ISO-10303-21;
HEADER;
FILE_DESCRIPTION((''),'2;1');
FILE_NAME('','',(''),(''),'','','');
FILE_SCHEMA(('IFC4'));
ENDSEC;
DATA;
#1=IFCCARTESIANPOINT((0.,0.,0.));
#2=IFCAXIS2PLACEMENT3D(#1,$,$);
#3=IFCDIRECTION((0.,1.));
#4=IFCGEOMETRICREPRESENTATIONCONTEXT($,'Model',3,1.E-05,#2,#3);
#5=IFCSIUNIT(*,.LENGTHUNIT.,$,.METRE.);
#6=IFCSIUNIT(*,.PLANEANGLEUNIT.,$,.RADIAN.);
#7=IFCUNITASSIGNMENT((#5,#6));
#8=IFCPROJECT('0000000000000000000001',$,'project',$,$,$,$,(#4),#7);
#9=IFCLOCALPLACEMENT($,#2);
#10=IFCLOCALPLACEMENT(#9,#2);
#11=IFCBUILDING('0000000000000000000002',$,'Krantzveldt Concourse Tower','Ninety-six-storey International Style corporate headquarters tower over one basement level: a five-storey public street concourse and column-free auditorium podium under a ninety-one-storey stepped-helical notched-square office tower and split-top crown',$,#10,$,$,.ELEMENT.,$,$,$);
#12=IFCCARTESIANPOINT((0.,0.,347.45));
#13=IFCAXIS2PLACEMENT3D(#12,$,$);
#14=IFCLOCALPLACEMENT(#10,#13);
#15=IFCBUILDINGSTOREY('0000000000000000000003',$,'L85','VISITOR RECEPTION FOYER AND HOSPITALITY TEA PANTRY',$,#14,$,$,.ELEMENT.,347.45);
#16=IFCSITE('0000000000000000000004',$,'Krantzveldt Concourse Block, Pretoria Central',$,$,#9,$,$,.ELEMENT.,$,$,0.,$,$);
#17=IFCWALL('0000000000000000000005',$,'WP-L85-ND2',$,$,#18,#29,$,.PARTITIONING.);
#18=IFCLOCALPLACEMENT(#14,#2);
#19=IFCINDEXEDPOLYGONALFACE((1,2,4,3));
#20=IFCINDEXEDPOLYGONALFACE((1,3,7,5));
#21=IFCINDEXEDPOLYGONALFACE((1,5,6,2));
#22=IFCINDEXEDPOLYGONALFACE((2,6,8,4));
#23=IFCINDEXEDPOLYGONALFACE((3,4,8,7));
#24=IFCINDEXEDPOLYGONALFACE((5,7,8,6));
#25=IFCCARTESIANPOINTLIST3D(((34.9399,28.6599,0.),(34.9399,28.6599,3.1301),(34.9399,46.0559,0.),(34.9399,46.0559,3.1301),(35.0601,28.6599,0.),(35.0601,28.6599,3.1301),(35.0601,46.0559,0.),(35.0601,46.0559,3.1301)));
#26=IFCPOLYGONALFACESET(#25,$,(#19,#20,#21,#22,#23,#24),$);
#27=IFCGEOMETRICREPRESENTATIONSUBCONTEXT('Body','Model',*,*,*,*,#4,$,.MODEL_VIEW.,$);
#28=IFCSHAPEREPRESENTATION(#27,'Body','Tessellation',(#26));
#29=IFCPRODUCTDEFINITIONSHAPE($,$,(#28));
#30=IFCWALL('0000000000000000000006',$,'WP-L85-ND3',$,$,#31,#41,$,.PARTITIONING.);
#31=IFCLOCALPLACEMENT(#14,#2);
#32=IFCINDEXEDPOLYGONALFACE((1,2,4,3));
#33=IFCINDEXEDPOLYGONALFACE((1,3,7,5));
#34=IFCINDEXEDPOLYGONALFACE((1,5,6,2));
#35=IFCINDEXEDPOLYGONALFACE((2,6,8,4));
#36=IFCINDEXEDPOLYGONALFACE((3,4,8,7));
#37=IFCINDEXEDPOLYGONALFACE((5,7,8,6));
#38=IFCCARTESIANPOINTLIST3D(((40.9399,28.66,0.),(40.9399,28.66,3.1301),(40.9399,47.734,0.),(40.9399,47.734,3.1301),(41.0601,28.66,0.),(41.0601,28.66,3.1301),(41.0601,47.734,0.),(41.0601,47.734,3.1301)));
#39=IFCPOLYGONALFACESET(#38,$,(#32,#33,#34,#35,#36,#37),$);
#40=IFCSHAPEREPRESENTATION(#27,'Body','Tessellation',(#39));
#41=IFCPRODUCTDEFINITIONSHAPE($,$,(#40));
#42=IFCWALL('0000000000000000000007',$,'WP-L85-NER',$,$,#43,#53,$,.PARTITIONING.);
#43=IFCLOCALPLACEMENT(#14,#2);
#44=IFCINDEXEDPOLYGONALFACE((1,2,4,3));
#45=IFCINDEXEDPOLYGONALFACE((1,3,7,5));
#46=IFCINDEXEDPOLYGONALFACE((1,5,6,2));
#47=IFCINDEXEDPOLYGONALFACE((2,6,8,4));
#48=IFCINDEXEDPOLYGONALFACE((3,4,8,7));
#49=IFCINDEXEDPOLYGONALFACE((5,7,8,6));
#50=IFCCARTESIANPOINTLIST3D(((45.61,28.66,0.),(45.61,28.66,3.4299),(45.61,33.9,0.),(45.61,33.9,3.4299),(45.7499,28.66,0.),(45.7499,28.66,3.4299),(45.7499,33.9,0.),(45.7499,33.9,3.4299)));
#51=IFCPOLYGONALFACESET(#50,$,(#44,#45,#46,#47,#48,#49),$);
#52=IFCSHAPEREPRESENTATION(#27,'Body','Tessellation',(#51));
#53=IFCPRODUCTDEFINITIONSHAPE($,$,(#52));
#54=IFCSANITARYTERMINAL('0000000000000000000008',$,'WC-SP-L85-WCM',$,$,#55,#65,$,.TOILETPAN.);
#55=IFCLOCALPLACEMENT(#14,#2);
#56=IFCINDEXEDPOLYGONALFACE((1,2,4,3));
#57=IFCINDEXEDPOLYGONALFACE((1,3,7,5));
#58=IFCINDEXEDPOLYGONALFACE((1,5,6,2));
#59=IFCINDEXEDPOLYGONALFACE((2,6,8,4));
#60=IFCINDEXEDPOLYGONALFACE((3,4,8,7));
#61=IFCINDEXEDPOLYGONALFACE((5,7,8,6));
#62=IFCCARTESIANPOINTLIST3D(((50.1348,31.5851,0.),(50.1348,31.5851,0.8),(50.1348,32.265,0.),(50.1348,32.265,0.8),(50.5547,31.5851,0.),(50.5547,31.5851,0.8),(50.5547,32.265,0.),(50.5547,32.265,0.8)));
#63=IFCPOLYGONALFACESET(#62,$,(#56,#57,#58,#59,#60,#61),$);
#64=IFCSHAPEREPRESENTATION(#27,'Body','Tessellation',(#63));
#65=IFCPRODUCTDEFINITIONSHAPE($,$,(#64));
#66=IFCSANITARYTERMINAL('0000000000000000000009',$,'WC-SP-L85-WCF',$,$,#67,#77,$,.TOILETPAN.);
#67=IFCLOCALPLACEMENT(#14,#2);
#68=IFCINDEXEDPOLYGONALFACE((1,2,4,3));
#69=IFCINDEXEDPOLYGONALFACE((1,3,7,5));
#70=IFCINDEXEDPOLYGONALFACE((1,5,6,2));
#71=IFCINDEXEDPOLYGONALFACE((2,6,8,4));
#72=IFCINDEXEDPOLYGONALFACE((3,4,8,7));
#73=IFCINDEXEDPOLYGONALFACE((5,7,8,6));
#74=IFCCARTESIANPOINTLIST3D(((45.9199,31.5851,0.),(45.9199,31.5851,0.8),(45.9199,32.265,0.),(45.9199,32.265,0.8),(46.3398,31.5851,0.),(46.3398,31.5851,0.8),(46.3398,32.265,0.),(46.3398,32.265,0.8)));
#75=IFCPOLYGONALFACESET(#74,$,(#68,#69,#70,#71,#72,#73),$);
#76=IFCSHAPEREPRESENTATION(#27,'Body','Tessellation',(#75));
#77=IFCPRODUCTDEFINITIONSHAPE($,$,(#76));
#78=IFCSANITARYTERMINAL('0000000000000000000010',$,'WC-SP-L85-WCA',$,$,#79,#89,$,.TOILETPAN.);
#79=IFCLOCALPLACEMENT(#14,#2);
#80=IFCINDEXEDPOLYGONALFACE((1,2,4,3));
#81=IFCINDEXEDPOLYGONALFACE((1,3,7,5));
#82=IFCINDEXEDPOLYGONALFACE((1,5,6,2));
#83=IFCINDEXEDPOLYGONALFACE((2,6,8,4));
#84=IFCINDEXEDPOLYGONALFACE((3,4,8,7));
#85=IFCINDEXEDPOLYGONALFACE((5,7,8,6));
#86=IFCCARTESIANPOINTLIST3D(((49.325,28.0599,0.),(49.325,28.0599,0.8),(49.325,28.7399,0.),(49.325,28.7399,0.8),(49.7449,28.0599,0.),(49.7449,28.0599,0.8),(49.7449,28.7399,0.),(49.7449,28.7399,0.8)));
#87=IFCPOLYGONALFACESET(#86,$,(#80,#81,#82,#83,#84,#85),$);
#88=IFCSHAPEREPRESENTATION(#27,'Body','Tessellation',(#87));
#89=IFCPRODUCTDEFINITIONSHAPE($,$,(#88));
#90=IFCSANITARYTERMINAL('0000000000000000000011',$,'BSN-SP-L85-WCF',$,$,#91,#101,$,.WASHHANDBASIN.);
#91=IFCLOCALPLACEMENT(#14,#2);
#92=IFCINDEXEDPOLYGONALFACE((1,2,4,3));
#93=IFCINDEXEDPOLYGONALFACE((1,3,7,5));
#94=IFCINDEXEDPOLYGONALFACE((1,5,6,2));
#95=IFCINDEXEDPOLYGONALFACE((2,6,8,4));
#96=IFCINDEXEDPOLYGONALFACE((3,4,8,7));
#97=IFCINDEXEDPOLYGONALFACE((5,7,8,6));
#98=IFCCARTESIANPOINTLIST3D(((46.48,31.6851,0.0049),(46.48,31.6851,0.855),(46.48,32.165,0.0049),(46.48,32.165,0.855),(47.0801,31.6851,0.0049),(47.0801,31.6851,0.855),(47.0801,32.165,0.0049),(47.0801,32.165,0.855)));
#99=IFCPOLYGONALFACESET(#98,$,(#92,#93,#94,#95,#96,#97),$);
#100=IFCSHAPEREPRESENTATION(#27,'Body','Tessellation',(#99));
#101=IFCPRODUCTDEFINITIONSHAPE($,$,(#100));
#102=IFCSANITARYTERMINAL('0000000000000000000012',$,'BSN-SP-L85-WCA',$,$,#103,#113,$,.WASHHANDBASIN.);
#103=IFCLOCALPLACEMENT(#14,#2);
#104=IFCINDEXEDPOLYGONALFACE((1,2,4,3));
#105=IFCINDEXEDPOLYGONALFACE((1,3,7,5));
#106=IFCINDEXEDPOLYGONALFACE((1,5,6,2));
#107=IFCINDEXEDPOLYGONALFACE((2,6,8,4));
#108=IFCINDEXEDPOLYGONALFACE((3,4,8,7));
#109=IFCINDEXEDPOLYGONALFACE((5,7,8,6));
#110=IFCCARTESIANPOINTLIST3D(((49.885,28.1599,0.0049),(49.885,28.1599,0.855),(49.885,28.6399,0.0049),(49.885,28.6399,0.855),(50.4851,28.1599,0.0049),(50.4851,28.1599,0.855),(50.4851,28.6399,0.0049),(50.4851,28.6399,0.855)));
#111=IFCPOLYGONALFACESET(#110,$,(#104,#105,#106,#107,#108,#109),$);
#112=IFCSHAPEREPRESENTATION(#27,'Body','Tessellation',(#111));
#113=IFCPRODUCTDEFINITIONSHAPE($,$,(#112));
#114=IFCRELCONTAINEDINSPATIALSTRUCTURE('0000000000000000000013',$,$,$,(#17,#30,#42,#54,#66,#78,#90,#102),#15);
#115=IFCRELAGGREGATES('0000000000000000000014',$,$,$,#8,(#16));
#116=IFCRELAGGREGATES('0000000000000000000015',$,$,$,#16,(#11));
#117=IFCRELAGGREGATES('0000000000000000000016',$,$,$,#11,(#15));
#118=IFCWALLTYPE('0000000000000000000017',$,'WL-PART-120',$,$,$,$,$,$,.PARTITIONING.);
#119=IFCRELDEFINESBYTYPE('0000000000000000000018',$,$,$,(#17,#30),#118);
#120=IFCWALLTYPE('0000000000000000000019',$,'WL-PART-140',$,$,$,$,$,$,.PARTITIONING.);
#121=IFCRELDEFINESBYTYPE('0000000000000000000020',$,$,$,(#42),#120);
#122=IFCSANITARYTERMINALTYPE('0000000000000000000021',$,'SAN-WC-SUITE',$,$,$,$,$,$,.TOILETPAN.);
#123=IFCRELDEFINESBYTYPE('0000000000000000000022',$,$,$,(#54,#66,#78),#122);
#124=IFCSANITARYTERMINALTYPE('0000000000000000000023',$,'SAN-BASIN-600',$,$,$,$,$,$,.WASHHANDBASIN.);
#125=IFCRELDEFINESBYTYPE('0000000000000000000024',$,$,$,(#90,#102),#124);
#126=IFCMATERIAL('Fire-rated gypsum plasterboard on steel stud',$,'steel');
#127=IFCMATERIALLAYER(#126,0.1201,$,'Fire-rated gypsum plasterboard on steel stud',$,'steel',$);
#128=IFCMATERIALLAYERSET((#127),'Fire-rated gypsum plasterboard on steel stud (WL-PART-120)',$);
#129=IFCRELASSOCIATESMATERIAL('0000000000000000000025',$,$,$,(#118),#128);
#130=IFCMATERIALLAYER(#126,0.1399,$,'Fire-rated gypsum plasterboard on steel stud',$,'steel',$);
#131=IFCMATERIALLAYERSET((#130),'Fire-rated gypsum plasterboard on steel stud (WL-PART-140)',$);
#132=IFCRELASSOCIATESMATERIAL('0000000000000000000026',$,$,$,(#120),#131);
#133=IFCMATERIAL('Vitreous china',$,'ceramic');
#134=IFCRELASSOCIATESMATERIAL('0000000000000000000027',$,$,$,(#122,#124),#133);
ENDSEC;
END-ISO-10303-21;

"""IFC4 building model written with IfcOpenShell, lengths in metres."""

from ifc_helpers import new_model, si_unit, direction, frame, frame_2d, origin, origin_2d, place, context, subcontext, project, spatial, rectangle, extrude, source, transform, mapped, material, layer, layer_set, type_object, type_shapes, element, save


model = new_model("IFC4")

# Units and contexts
model_context = context("Model", 3, precision=1e-05, world=origin(), true_north=direction((0.0, 1.0)))
body_context = subcontext(model_context, "Body", "Model", "MODEL_VIEW")
ifc_project = project(units=[si_unit("LENGTHUNIT", "METRE"), si_unit("PLANEANGLEUNIT", "RADIAN")], contexts=[model_context])

# Site, building, storey
site_placement = place(None, origin())
site = spatial("IfcSite", under=ifc_project, at=site_placement, Name="Krantzveldt Concourse Block, Pretoria Central", CompositionType="ELEMENT", RefElevation=0.0)
building_placement = place(site_placement, origin())
building = spatial("IfcBuilding", under=site, at=building_placement, Name="Krantzveldt Concourse Tower", Description="Ninety-six-storey International Style corporate headquarters tower over one basement level: a five-storey public street concourse and column-free auditorium podium under a ninety-one-storey stepped-helical notched-square office tower and split-top crown", CompositionType="ELEMENT")
storey_placement = place(building_placement, frame((0.0, 0.0, 347.45)))
storey = spatial("IfcBuildingStorey", under=building, at=storey_placement, Name="L85", Description="VISITOR RECEPTION FOYER AND HOSPITALITY TEA PANTRY", CompositionType="ELEMENT", Elevation=347.45)

# Shared definitions
ifc_material_1 = material(Name="Fire-rated gypsum plasterboard on steel stud", Category="steel")
ifc_layer_1 = layer(ifc_material_1, 0.1201, Name="Fire-rated gypsum plasterboard on steel stud", Category="steel")
ifc_layer_set_1 = layer_set([ifc_layer_1], Name="Fire-rated gypsum plasterboard on steel stud (WL-PART-120)")
wall_type_1 = type_object("IfcWallType", Name="WL-PART-120", PredefinedType="PARTITIONING", material=ifc_layer_set_1)

# Walls
wall_1_placement = place(storey_placement, frame((35.0, 28.6599, 0.0), z_axis=(0.0, 0.0, 1.0), x_axis=(0.0, 1.0, 0.0)))
element("IfcWall", 1, at=wall_1_placement, inside=storey, type_object=wall_type_1, Name="WP-L85-ND2", PredefinedType="PARTITIONING", context=body_context, shape_type="SweptSolid", body=[
    extrude(rectangle(XDim=17.396, YDim=0.1201, at=frame_2d((8.698, 0.0))), origin(), (0.0, 0.0, 1.0), 3.1301),
])
wall_2_placement = place(storey_placement, frame((41.0, 28.6599, 0.0), z_axis=(0.0, 0.0, 1.0), x_axis=(0.0, 1.0, 0.0)))
element("IfcWall", 2, at=wall_2_placement, inside=storey, type_object=wall_type_1, Name="WP-L85-ND3", PredefinedType="PARTITIONING", context=body_context, shape_type="SweptSolid", body=[
    extrude(rectangle(XDim=19.074, YDim=0.1201, at=frame_2d((9.5371, 0.0))), origin(), (0.0, 0.0, 1.0), 3.1301),
])
ifc_layer_2 = layer(ifc_material_1, 0.1399, Name="Fire-rated gypsum plasterboard on steel stud", Category="steel")
ifc_layer_set_2 = layer_set([ifc_layer_2], Name="Fire-rated gypsum plasterboard on steel stud (WL-PART-140)")
wall_type_2 = type_object("IfcWallType", Name="WL-PART-140", PredefinedType="PARTITIONING", material=ifc_layer_set_2)
wall_3_placement = place(storey_placement, frame((45.6799, 28.6599, 0.0), z_axis=(0.0, 0.0, 1.0), x_axis=(0.0, 1.0, 0.0)))
element("IfcWall", 3, at=wall_3_placement, inside=storey, type_object=wall_type_2, Name="WP-L85-NER", PredefinedType="PARTITIONING", context=body_context, shape_type="SweptSolid", body=[
    extrude(rectangle(XDim=5.24, YDim=0.1399, at=frame_2d((2.6201, 0.0))), origin(), (0.0, 0.0, 1.0), 3.4299),
])

# Sanitary terminals
ifc_material_2 = material(Name="Vitreous china", Category="ceramic")
sanitary_terminal_type_1 = type_object("IfcSanitaryTerminalType", Name="SAN-WC-SUITE", PredefinedType="TOILETPAN", material=ifc_material_2)
shared_shape_1 = source(origin(), body_context, "Body", "SweptSolid", [
    extrude(rectangle(XDim=0.4199, YDim=0.6799, at=origin_2d()), origin(), (0.0, 0.0, 1.0), 0.8),
])
type_shapes(sanitary_terminal_type_1, [shared_shape_1])
for number, where, z_axis, x_axis, name in (
    (4, (50.3447, 31.925, 0.0), (0.0, 0.0, 1.0), (1.0, 0.0, 0.0), "WC-SP-L85-WCM"),
    (5, (46.1299, 31.925, 0.0), (0.0, 0.0, 1.0), (1.0, 0.0, 0.0), "WC-SP-L85-WCF"),
    (6, (49.5349, 28.3999, 0.0), (0.0, 0.0, 1.0), (1.0, 0.0, 0.0), "WC-SP-L85-WCA"),
):
    element("IfcSanitaryTerminal", number, at=place(storey_placement, frame(where, z_axis=z_axis, x_axis=x_axis)), inside=storey, type_object=sanitary_terminal_type_1, Name=name, PredefinedType="TOILETPAN", context=body_context, shape_type="MappedRepresentation", body=[
        mapped(shared_shape_1, transform((0.0, 0.0, 0.0), x_axis=(1.0, 0.0, 0.0), y_axis=(0.0, 1.0, 0.0), z_axis=(0.0, 0.0, 1.0), scale=1.0)),
    ])
sanitary_terminal_type_2 = type_object("IfcSanitaryTerminalType", Name="SAN-BASIN-600", PredefinedType="WASHHANDBASIN", material=ifc_material_2)
shared_shape_2 = source(origin(), body_context, "Body", "SweptSolid", [
    extrude(rectangle(XDim=0.6001, YDim=0.48, at=origin_2d()), origin(), (0.0, 0.0, 1.0), 0.8501),
])
type_shapes(sanitary_terminal_type_2, [shared_shape_2])
for number, where, z_axis, x_axis, name in (
    (7, (46.78, 31.925, 0.0049), (0.0, 0.0, 1.0), (1.0, 0.0, 0.0), "BSN-SP-L85-WCF"),
    (8, (50.1851, 28.3999, 0.0049), (0.0, 0.0, 1.0), (1.0, 0.0, 0.0), "BSN-SP-L85-WCA"),
):
    element("IfcSanitaryTerminal", number, at=place(storey_placement, frame(where, z_axis=z_axis, x_axis=x_axis)), inside=storey, type_object=sanitary_terminal_type_2, Name=name, PredefinedType="WASHHANDBASIN", context=body_context, shape_type="MappedRepresentation", body=[
        mapped(shared_shape_2, transform((0.0, 0.0, 0.0), x_axis=(1.0, 0.0, 0.0), y_axis=(0.0, 1.0, 0.0), z_axis=(0.0, 0.0, 1.0), scale=1.0)),
    ])

save(model, "model.ifc")
